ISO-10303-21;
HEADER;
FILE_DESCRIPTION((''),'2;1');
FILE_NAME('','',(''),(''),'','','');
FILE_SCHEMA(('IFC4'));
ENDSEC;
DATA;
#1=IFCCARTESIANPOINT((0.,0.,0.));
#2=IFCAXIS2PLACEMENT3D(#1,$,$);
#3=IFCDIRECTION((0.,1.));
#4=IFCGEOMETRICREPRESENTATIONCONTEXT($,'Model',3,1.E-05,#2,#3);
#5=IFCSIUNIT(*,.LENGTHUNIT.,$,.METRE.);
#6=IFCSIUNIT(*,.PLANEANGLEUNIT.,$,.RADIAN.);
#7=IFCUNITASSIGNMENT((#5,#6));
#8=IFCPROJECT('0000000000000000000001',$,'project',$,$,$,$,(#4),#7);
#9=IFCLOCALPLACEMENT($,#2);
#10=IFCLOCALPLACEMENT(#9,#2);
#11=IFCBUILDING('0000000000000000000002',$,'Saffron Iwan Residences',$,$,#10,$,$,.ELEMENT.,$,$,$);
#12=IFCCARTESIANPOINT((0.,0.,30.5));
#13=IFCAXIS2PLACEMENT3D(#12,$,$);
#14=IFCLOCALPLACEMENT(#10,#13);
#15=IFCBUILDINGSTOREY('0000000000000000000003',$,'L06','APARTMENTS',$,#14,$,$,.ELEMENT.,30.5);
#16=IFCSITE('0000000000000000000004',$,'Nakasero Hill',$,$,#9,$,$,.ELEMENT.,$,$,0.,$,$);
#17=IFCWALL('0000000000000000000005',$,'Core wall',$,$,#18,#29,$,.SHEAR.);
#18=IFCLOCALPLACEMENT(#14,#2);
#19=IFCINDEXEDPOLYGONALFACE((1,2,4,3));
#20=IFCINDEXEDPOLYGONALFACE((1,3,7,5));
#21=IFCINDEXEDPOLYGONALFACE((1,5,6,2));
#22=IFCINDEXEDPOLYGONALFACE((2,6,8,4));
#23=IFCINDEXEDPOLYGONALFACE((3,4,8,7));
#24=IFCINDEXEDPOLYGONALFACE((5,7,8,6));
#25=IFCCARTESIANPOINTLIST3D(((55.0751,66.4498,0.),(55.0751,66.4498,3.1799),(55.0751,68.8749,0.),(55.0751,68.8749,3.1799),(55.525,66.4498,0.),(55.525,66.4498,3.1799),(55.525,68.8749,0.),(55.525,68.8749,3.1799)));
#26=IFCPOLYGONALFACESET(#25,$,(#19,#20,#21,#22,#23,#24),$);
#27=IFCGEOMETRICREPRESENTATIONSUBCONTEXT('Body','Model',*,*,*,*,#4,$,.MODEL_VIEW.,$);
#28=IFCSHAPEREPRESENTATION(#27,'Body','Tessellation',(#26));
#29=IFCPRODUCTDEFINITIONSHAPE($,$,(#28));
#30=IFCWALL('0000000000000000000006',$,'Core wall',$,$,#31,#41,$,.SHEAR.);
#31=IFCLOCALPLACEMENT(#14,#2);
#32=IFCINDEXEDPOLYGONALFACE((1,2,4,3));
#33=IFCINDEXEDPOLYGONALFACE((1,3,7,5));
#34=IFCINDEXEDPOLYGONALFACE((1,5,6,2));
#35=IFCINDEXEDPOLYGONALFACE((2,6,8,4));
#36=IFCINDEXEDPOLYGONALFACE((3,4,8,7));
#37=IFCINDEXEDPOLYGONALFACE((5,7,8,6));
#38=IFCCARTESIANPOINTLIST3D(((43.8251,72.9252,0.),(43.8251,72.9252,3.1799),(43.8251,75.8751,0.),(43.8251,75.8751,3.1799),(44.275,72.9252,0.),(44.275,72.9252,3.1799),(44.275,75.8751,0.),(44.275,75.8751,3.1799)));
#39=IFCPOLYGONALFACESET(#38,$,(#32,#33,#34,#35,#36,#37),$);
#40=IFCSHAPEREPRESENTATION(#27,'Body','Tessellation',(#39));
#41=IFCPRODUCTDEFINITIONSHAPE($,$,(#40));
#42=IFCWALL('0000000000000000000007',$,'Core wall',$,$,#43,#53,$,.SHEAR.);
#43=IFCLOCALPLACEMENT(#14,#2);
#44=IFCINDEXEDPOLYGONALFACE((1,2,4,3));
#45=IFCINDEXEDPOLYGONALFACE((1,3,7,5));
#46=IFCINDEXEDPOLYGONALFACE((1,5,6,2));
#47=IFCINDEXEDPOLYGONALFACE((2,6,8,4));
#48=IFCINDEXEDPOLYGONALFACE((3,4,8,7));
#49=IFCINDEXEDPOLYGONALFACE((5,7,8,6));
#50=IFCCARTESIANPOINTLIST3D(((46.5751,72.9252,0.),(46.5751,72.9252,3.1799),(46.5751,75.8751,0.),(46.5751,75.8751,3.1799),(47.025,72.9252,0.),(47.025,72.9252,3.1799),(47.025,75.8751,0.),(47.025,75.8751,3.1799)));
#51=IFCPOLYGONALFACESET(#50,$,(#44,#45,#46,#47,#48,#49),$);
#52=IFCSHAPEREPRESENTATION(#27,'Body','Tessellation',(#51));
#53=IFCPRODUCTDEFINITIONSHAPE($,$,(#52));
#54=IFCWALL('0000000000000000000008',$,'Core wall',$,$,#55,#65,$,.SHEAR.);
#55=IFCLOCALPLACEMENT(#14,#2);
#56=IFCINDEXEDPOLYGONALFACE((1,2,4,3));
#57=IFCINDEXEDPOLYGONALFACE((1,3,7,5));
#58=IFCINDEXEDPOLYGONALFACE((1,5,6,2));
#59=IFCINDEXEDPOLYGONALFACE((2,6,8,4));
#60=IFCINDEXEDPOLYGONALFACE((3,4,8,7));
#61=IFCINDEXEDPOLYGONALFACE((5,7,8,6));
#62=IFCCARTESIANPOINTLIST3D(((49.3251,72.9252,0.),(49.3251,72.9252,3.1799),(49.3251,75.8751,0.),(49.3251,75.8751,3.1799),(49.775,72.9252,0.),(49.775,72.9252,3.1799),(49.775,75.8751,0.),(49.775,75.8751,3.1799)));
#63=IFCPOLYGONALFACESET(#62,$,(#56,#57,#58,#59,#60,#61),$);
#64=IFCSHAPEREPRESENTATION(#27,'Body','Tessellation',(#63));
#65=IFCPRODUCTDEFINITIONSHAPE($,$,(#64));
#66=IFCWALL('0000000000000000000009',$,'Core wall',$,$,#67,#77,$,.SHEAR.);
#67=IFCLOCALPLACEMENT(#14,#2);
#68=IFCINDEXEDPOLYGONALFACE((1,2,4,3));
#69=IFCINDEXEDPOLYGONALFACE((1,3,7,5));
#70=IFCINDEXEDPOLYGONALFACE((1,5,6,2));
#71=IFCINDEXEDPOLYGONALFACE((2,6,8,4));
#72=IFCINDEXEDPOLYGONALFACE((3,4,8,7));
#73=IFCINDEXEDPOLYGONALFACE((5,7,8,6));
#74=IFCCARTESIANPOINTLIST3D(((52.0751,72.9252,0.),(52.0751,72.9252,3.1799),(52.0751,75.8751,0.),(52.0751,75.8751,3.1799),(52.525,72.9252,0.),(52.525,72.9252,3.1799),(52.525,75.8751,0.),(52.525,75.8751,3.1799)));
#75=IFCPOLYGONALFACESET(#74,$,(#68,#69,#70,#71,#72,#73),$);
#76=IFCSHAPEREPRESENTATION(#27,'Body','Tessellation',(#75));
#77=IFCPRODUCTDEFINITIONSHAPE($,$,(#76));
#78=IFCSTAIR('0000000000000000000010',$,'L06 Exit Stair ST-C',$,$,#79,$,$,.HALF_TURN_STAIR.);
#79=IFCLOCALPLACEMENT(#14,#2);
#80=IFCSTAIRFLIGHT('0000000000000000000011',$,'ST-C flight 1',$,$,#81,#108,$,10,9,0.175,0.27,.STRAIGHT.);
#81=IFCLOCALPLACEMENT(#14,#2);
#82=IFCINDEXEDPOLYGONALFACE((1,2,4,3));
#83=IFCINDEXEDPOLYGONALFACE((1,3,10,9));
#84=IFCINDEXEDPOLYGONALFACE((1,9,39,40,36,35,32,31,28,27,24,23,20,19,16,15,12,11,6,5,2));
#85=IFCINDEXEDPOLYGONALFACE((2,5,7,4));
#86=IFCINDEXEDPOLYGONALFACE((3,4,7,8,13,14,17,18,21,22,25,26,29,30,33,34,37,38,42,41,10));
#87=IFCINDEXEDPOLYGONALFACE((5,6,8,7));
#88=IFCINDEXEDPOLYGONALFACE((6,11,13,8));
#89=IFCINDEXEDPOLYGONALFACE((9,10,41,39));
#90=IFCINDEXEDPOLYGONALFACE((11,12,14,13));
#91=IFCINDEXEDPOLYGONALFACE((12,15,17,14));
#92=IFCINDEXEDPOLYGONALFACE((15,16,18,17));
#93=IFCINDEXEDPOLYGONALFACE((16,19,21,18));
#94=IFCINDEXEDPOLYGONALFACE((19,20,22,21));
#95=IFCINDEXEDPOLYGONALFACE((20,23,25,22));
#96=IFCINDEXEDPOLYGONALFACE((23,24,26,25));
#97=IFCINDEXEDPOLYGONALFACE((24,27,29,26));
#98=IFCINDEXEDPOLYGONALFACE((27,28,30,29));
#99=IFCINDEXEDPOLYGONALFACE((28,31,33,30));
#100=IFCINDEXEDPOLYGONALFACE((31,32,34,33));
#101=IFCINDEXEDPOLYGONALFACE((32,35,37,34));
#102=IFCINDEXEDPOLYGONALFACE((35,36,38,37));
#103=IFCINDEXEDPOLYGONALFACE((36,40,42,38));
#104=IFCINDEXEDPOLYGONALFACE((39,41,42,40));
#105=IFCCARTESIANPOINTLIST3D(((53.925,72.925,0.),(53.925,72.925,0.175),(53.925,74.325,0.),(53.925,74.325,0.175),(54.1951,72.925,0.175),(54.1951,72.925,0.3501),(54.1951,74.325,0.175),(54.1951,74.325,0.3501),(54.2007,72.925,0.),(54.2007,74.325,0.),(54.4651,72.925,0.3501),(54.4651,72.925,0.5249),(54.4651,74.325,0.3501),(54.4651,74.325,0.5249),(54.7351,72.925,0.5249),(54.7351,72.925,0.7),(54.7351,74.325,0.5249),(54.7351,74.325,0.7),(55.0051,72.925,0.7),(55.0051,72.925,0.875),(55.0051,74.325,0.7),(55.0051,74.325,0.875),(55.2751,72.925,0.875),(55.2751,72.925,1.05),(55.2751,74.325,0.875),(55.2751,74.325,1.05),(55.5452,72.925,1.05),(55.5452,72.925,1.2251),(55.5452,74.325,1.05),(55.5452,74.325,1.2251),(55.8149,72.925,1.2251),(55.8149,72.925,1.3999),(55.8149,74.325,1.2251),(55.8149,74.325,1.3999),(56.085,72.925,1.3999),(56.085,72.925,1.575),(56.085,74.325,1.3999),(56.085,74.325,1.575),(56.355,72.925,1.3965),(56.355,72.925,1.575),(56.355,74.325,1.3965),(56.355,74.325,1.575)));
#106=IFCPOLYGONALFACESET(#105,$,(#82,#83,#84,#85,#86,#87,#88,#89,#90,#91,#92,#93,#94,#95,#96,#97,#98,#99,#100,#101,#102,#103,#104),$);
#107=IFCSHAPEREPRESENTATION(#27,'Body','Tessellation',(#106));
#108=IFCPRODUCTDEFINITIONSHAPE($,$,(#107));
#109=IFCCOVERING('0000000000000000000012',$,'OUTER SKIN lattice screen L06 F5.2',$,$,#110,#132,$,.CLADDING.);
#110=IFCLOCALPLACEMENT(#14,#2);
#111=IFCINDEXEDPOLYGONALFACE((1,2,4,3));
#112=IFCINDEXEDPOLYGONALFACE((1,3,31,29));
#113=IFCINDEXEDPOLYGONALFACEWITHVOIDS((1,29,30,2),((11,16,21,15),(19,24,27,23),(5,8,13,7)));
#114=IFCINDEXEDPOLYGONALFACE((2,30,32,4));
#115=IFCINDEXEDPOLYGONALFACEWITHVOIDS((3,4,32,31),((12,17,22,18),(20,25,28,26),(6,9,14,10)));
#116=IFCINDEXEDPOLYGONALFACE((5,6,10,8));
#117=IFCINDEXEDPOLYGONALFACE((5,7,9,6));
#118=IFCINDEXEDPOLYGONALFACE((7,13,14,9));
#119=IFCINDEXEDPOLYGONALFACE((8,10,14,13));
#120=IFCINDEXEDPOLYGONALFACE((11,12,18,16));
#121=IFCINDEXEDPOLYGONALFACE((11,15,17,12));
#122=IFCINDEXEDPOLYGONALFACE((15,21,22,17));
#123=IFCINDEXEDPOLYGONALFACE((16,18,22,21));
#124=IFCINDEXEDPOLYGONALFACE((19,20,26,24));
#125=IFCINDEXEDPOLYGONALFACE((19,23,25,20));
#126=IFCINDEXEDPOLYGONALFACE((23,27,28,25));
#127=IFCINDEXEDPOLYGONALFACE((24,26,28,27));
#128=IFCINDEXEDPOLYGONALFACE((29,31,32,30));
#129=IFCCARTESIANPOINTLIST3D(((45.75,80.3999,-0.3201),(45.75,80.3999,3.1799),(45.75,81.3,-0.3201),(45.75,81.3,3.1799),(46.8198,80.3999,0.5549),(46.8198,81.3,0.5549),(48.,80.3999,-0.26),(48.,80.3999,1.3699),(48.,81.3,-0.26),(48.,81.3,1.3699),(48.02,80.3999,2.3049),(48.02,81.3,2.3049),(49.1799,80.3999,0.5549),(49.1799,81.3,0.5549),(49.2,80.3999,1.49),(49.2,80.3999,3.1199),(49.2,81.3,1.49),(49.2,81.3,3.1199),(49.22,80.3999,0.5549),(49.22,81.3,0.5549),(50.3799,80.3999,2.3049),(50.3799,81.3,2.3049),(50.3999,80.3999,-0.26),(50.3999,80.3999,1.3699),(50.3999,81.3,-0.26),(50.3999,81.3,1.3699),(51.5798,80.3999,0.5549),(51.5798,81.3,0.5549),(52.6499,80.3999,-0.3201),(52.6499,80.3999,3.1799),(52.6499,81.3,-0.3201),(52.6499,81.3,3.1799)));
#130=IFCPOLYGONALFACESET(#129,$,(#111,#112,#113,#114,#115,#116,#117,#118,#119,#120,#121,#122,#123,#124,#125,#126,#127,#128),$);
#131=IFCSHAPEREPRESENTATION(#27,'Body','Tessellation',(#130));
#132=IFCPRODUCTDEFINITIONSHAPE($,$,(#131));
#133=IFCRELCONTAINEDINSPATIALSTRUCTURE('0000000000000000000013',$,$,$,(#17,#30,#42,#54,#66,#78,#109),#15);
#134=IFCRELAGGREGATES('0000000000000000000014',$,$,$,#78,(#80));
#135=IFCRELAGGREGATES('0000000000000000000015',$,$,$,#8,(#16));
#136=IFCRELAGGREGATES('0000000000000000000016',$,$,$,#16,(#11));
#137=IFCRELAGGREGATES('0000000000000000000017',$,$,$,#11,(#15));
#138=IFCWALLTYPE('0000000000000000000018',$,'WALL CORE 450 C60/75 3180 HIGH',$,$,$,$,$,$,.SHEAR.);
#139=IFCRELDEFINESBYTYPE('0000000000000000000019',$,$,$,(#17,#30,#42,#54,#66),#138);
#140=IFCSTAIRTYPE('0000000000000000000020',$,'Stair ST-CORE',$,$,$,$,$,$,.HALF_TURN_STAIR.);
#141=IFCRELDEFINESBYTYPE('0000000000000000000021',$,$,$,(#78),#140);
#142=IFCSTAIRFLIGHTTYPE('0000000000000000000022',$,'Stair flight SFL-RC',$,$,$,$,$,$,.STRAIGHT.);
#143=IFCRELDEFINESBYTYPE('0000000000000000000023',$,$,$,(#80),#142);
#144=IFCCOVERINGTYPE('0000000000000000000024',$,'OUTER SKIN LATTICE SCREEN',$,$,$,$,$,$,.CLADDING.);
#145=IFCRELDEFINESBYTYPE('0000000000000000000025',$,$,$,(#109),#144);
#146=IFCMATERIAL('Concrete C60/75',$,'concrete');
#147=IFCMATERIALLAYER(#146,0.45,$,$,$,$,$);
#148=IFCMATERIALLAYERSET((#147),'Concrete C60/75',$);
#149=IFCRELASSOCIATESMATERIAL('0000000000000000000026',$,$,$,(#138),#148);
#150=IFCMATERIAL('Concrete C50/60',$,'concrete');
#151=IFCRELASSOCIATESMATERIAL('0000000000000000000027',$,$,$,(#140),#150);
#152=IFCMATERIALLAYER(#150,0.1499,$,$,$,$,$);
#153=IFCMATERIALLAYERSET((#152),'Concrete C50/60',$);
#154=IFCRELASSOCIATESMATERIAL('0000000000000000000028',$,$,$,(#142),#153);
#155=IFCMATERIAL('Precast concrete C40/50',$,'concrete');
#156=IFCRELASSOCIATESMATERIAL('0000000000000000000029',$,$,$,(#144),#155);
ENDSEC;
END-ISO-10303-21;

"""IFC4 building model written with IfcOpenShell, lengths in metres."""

from ifc_helpers import new_model, si_unit, direction, frame, frame_2d, origin, place, context, subcontext, project, spatial, polyline, rectangle, outline, extrude, material, layer, layer_set, type_object, element, aggregate, save


model = new_model("IFC4")

# Units and contexts
model_context = context("Model", 3, precision=1e-05, world=origin(), true_north=direction((0.0, 1.0)))
body_context = subcontext(model_context, "Body", "Model", "MODEL_VIEW")
ifc_project = project(units=[si_unit("LENGTHUNIT", "METRE"), si_unit("PLANEANGLEUNIT", "RADIAN")], contexts=[model_context])

# Site, building, storey
site_placement = place(None, origin())
site = spatial("IfcSite", under=ifc_project, at=site_placement, Name="Nakasero Hill", CompositionType="ELEMENT", RefElevation=0.0)
building_placement = place(site_placement, origin())
building = spatial("IfcBuilding", under=site, at=building_placement, Name="Saffron Iwan Residences", CompositionType="ELEMENT")
storey_placement = place(building_placement, frame((0.0, 0.0, 30.5)))
storey = spatial("IfcBuildingStorey", under=building, at=storey_placement, Name="L06", Description="APARTMENTS", CompositionType="ELEMENT", Elevation=30.5)

# Shared definitions
ifc_material_1 = material(Name="Concrete C60/75", Category="concrete")

# Walls
ifc_layer_1 = layer(ifc_material_1, 0.45)
ifc_layer_set_1 = layer_set([ifc_layer_1], Name="Concrete C60/75")
wall_type_1 = type_object("IfcWallType", Name="WALL CORE 450 C60/75 3180 HIGH", PredefinedType="SHEAR", material=ifc_layer_set_1)
for number, where, z_axis, x_axis, name in (
    (1, (55.3, 66.45, 0.0), (0.0, 0.0, 1.0), (0.0, 1.0, 0.0), "Core wall"),
):
    element("IfcWall", number, at=place(storey_placement, frame(where, z_axis=z_axis, x_axis=x_axis)), inside=storey, type_object=wall_type_1, Name=name, PredefinedType="SHEAR", context=body_context, shape_type="SweptSolid", body=[
        extrude(rectangle(XDim=2.425, YDim=0.45, at=frame_2d((1.2124, 0.0))), origin(), (0.0, 0.0, 1.0), 3.1799),
    ])
for number, where, z_axis, x_axis, name in (
    (2, (44.05, 72.925, 0.0), (0.0, 0.0, 1.0), (0.0, 1.0, 0.0), "Core wall"),
    (3, (46.8, 72.925, 0.0), (0.0, 0.0, 1.0), (0.0, 1.0, 0.0), "Core wall"),
    (4, (49.55, 72.925, 0.0), (0.0, 0.0, 1.0), (0.0, 1.0, 0.0), "Core wall"),
    (5, (52.3, 72.925, 0.0), (0.0, 0.0, 1.0), (0.0, 1.0, 0.0), "Core wall"),
):
    element("IfcWall", number, at=place(storey_placement, frame(where, z_axis=z_axis, x_axis=x_axis)), inside=storey, type_object=wall_type_1, Name=name, PredefinedType="SHEAR", context=body_context, shape_type="SweptSolid", body=[
        extrude(rectangle(XDim=2.95, YDim=0.45, at=frame_2d((1.4751, 0.0))), origin(), (0.0, 0.0, 1.0), 3.1799),
    ])

# Stair, stair flight
ifc_material_2 = material(Name="Concrete C50/60", Category="concrete")
stair_type = type_object("IfcStairType", Name="Stair ST-CORE", PredefinedType="HALF_TURN_STAIR", material=ifc_material_2)
stair_placement = place(storey_placement, origin())
stair = element("IfcStair", 6, at=stair_placement, inside=storey, type_object=stair_type, Name="L06 Exit Stair ST-C", PredefinedType="HALF_TURN_STAIR")
ifc_layer_2 = layer(ifc_material_2, 0.1499)
ifc_layer_set_2 = layer_set([ifc_layer_2], Name="Concrete C50/60")
stair_flight_type = type_object("IfcStairFlightType", Name="Stair flight SFL-RC", PredefinedType="STRAIGHT", material=ifc_layer_set_2)
stair_flight_placement = place(storey_placement, frame((53.925, 73.625, 0.0), z_axis=(0.0, 0.0, 1.0), x_axis=(1.0, 0.0, 0.0)))
stair_flight = element("IfcStairFlight", 7, at=stair_flight_placement, type_object=stair_flight_type, Name="ST-C flight 1", NumberOfRisers=10, NumberOfTreads=9, PredefinedType="STRAIGHT", RiserHeight=0.175, TreadLength=0.27, context=body_context, shape_type="SweptSolid", body=[
    extrude(outline(polyline([(0.0, 0.0), (0.0, 0.175), (0.27, 0.175), (0.27, 0.3501), (0.54, 0.3501), (0.54, 0.5249), (0.8101, 0.5249), (0.8101, 0.7), (1.0801, 0.7), (1.0801, 0.875), (1.3501, 0.875), (1.3501, 1.05), (1.6201, 1.05), (1.6201, 1.2251), (1.8899, 1.2251), (1.8899, 1.3999), (2.1599, 1.3999), (2.1599, 1.575), (2.4299, 1.575), (2.4299, 1.75), (2.4299, 1.3965), (0.2756, 0.0), (0.0, 0.0)])), frame((0.0, 0.7, 0.0), z_axis=(0.0, -1.0, 0.0), x_axis=(1.0, 0.0, 0.0)), (0.0, 0.0, 1.0), 1.3999),
])
aggregate(stair, [stair_flight])

# Covering
ifc_material_3 = material(Name="Precast concrete C40/50", Category="concrete")
covering_type_1 = type_object("IfcCoveringType", Name="OUTER SKIN LATTICE SCREEN", PredefinedType="CLADDING", material=ifc_material_3)
covering_placement = place(storey_placement, frame((52.6499, 80.3999, -0.3201), z_axis=(0.0, 1.0, 0.0), x_axis=(-1.0, 0.0, 0.0)))
element("IfcCovering", 8, at=covering_placement, inside=storey, type_object=covering_type_1, Name="OUTER SKIN lattice screen L06 F5.2", PredefinedType="CLADDING", context=body_context, shape_type="SweptSolid", body=[
    extrude(outline(polyline([(0.0, 0.0), (6.8999, 0.0), (6.8999, 3.5), (0.0, 3.5), (0.0, 0.0)]), holes=[polyline([(1.0701, 0.875), (2.25, 0.0601), (3.4299, 0.875), (2.25, 1.6899), (1.0701, 0.875)]), polyline([(3.47, 0.875), (4.6499, 0.0601), (5.8301, 0.875), (4.6499, 1.6899), (3.47, 0.875)]), polyline([(2.27, 2.625), (3.45, 1.8101), (4.6299, 2.625), (3.45, 3.4399), (2.27, 2.625)])]), origin(), (0.0, 0.0, 1.0), 0.9001),
])

save(model, "model.ifc")
